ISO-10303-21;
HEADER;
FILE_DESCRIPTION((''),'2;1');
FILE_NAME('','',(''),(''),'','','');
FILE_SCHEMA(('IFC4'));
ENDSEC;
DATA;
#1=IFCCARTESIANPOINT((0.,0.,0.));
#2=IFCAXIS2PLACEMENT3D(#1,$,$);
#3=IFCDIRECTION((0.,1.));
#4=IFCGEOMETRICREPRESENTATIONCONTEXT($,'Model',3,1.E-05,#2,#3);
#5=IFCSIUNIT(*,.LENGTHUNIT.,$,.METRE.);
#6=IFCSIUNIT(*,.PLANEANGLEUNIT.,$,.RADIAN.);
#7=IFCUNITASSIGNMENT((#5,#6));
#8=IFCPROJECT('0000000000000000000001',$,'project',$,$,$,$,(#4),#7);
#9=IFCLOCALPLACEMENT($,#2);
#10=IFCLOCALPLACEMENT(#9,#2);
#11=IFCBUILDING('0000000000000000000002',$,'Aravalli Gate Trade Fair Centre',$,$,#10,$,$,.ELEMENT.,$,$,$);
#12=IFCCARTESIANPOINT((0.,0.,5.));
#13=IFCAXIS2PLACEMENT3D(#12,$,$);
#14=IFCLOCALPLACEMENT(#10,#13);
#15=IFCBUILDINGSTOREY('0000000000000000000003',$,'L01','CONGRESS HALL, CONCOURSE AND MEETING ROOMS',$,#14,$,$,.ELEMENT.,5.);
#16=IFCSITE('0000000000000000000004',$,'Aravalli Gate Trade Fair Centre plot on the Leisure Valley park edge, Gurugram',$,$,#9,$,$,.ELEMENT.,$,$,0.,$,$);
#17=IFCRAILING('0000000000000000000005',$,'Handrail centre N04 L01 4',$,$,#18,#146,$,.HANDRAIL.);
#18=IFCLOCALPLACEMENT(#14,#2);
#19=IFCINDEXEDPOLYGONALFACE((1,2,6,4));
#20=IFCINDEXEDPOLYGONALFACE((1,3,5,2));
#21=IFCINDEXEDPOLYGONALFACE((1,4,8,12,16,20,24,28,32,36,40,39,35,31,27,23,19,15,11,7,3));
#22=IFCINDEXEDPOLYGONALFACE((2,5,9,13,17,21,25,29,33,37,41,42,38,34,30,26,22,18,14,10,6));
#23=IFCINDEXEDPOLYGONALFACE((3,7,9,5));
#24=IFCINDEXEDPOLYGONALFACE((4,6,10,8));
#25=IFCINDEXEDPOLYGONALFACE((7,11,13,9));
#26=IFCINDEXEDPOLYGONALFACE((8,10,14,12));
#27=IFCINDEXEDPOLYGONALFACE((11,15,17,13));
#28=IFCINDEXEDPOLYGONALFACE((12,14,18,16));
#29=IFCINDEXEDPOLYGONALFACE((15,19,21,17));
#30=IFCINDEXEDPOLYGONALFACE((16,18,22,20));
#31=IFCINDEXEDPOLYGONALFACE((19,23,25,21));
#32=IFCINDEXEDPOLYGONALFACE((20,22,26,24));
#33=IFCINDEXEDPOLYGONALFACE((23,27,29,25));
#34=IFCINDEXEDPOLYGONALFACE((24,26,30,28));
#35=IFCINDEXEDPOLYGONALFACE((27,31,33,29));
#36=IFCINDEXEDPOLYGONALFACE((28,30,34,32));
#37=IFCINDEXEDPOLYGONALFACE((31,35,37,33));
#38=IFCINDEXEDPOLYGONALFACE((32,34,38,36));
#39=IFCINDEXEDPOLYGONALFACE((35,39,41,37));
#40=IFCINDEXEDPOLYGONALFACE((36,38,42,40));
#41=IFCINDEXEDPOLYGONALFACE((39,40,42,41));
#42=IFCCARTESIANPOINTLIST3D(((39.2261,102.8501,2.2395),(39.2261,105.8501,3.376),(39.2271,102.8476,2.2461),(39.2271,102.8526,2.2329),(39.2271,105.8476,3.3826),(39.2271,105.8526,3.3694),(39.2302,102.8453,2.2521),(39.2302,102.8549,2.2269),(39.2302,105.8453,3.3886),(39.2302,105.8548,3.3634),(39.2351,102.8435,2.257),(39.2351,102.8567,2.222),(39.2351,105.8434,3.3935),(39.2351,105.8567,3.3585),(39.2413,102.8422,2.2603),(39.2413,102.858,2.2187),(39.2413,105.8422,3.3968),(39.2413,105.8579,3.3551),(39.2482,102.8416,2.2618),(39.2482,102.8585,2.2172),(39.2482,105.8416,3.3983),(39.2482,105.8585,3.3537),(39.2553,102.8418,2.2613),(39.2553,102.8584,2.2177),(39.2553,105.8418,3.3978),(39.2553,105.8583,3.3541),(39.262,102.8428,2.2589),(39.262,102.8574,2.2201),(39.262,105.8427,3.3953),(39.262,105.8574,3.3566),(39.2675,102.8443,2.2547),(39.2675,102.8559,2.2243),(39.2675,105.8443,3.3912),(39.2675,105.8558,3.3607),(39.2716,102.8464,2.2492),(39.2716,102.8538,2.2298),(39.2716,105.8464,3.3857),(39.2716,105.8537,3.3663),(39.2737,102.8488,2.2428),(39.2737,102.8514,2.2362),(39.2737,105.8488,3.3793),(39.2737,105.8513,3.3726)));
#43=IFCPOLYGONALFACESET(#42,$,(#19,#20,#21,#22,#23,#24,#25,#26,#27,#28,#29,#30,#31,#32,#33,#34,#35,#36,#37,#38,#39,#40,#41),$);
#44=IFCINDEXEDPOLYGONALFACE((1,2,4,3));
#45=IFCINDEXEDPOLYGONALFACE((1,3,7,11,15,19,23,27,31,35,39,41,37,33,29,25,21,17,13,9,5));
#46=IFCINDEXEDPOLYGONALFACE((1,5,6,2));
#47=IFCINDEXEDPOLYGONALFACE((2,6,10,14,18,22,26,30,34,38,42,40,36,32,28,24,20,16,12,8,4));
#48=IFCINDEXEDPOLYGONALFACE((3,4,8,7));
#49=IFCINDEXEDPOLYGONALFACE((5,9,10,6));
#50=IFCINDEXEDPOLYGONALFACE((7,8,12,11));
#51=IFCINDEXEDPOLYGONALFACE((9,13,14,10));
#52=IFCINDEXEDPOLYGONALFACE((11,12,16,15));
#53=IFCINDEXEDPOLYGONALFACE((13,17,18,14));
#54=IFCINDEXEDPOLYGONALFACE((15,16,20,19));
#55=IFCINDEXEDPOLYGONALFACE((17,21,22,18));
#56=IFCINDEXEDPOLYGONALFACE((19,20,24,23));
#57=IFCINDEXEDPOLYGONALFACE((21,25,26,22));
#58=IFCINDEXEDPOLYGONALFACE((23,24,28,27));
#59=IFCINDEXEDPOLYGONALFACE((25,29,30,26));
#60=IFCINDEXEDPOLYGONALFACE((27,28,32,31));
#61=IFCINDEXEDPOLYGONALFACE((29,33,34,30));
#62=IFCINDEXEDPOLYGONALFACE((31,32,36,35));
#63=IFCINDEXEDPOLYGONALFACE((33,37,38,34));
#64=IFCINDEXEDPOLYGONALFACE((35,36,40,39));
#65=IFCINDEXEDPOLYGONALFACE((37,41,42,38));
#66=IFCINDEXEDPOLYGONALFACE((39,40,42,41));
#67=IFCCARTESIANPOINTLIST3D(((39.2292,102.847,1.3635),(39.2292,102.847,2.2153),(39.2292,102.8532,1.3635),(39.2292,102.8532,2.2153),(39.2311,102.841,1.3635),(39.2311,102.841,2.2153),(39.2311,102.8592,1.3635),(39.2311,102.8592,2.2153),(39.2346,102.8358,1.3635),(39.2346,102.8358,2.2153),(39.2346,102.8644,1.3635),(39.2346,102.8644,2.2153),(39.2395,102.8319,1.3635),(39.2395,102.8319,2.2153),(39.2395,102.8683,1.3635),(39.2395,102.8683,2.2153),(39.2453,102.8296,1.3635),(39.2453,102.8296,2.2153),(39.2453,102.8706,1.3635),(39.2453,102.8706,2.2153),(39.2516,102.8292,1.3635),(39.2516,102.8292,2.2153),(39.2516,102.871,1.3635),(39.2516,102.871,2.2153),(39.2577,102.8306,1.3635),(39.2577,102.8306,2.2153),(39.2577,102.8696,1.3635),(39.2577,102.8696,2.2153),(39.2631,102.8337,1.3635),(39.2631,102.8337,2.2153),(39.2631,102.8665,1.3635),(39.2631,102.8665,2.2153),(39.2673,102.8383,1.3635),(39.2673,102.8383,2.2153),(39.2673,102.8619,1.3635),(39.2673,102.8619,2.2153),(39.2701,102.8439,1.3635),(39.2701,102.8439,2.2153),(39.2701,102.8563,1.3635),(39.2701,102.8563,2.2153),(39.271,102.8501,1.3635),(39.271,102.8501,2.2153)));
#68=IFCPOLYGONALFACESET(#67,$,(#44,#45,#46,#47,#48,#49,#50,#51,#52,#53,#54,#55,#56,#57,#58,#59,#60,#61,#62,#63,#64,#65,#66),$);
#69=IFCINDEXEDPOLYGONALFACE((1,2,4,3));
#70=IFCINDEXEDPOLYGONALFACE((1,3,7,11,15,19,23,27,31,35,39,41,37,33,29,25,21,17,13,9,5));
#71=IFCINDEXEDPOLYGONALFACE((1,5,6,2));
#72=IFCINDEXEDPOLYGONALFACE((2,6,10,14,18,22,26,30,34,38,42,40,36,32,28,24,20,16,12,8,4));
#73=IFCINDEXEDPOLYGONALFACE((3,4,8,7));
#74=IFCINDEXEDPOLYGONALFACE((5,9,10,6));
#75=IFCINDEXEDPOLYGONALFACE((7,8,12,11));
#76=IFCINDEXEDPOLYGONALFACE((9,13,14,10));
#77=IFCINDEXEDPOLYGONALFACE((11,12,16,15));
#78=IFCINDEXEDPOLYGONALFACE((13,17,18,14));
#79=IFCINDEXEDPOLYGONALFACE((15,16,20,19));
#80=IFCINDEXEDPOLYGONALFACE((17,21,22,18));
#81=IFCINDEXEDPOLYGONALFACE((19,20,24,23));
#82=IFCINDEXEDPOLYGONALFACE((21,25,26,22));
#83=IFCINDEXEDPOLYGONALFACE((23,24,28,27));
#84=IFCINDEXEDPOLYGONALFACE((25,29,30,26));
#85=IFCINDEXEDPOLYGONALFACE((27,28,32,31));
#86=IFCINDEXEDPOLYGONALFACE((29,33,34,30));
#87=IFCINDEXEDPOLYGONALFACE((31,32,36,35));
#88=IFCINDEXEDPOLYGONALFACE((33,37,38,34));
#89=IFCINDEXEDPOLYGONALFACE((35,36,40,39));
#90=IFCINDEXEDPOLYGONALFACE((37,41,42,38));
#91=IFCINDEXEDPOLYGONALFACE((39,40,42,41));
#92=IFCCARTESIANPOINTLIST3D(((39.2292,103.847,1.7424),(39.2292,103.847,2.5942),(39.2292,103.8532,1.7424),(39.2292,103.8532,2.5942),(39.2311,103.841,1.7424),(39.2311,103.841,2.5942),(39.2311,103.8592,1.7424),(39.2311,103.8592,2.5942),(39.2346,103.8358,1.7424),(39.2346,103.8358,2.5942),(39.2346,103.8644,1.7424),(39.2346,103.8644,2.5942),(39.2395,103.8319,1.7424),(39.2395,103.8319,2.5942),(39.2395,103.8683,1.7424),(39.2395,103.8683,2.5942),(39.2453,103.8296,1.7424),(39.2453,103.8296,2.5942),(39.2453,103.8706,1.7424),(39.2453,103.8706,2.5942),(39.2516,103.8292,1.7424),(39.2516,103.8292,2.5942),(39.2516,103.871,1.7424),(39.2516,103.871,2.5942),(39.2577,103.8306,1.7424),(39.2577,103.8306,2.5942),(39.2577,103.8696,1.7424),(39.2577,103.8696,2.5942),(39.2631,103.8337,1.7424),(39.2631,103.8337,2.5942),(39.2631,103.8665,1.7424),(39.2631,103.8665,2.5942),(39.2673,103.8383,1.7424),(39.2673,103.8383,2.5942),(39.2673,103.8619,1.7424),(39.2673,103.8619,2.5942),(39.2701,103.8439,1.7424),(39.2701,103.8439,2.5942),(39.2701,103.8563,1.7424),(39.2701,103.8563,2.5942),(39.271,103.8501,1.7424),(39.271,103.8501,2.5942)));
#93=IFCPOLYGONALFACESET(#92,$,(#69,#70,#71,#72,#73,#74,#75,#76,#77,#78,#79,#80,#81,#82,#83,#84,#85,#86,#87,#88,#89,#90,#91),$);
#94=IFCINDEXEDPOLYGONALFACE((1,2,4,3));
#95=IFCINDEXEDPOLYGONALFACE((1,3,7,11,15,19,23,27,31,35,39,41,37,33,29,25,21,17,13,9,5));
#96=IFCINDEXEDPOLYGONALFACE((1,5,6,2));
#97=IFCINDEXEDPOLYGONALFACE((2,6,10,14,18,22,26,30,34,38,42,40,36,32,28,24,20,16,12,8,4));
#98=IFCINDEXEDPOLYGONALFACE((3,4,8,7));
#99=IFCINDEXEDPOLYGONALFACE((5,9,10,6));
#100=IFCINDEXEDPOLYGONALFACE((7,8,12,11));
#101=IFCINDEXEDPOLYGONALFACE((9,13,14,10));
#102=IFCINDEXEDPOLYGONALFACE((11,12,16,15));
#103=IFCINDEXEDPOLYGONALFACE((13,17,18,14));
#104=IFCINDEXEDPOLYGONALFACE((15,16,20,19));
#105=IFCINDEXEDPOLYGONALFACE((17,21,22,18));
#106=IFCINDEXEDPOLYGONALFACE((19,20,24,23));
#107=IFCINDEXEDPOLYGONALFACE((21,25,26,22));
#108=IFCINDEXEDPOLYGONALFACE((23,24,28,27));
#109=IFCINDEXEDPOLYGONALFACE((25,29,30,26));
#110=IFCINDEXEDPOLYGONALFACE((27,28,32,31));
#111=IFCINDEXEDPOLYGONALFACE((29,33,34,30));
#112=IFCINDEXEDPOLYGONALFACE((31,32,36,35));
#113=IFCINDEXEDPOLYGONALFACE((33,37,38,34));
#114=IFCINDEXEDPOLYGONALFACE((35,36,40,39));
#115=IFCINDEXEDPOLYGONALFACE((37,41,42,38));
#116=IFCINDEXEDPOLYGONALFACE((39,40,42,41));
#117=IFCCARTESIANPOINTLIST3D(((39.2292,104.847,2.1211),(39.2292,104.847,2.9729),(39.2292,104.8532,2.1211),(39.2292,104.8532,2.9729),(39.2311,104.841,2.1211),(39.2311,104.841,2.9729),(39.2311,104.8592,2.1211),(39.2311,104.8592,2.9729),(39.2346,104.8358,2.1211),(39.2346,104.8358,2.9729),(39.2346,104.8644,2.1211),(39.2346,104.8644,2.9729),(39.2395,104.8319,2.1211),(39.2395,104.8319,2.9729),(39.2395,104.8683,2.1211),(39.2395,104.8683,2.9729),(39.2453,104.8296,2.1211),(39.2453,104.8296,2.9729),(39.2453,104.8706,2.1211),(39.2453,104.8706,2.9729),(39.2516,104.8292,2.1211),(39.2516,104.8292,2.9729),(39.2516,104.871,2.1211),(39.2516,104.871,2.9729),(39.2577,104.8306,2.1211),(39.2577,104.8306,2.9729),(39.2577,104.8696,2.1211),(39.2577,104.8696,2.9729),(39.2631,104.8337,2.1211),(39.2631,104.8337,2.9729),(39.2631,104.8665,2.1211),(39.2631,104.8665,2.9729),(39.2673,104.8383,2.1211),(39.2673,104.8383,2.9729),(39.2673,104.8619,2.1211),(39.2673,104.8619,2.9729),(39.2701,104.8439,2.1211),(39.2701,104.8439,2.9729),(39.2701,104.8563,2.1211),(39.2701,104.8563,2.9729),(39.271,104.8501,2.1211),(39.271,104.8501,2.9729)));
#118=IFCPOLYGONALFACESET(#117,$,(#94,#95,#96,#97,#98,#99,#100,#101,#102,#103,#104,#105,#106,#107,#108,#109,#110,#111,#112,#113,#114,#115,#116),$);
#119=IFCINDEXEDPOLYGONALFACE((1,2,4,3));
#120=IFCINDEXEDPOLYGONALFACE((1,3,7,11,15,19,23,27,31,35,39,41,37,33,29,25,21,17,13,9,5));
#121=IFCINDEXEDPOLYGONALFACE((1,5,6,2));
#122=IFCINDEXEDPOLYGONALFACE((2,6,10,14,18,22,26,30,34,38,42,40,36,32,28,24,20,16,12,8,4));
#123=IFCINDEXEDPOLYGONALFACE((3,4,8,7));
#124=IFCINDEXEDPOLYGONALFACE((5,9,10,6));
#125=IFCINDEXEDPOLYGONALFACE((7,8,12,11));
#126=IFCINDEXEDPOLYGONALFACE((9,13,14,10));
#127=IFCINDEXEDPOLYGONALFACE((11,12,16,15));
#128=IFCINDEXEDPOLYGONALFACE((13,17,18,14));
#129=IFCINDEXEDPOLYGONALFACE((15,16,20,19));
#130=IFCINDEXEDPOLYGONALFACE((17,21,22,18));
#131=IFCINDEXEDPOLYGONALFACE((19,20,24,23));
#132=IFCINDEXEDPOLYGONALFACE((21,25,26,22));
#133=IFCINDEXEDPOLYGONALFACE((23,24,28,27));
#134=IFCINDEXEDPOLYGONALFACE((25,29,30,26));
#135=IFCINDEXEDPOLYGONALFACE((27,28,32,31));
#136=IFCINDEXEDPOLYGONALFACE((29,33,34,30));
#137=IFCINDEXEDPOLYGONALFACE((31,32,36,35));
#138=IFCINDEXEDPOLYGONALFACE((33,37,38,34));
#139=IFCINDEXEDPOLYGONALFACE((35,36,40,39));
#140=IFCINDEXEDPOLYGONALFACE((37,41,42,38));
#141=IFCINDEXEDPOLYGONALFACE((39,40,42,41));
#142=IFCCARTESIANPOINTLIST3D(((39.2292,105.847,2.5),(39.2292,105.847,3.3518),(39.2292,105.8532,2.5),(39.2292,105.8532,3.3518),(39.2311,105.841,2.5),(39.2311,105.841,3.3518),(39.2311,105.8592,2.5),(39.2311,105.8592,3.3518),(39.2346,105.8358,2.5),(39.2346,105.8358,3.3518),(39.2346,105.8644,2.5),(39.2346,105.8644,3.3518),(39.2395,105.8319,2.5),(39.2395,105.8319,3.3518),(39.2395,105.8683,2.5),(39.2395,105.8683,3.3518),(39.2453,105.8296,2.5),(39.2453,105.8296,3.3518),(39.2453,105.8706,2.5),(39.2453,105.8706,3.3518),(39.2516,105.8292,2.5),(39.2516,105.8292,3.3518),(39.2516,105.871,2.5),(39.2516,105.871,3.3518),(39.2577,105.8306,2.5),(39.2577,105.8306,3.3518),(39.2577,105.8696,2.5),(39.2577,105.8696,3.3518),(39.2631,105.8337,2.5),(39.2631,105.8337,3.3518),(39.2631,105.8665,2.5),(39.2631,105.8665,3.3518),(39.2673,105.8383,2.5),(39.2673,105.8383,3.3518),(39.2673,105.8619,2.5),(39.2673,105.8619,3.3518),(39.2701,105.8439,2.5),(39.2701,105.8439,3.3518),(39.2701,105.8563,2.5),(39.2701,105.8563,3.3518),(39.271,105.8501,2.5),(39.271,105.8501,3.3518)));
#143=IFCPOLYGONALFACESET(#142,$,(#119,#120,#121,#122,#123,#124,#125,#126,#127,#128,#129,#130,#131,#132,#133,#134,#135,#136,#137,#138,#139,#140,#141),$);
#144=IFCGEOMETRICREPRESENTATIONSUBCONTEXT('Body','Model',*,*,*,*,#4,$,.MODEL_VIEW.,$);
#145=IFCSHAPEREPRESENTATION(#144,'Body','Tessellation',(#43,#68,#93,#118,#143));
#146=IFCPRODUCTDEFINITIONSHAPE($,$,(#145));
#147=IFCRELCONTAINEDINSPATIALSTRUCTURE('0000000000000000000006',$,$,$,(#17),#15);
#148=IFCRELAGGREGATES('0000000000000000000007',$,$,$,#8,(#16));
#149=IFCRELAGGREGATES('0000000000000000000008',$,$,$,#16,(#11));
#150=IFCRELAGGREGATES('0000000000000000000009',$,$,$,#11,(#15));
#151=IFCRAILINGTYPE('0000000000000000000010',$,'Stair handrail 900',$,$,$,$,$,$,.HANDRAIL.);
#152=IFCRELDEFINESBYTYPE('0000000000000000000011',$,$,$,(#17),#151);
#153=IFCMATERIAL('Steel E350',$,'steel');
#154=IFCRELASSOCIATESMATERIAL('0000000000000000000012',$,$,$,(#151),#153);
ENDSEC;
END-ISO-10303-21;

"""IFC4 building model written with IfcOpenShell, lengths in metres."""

from ifc_helpers import new_model, si_unit, direction, frame, origin, origin_2d, place, context, subcontext, project, spatial, circle, extrude, material, type_object, element, save


model = new_model("IFC4")

# Units and contexts
model_context = context("Model", 3, precision=1e-05, world=origin(), true_north=direction((0.0, 1.0)))
body_context = subcontext(model_context, "Body", "Model", "MODEL_VIEW")
ifc_project = project(units=[si_unit("LENGTHUNIT", "METRE"), si_unit("PLANEANGLEUNIT", "RADIAN")], contexts=[model_context])

# Site, building, storey
site_placement = place(None, origin())
site = spatial("IfcSite", under=ifc_project, at=site_placement, Name="Aravalli Gate Trade Fair Centre plot on the Leisure Valley park edge, Gurugram", CompositionType="ELEMENT", RefElevation=0.0)
building_placement = place(site_placement, origin())
building = spatial("IfcBuilding", under=site, at=building_placement, Name="Aravalli Gate Trade Fair Centre", CompositionType="ELEMENT")
storey_placement = place(building_placement, frame((0.0, 0.0, 5.0)))
storey = spatial("IfcBuildingStorey", under=building, at=storey_placement, Name="L01", Description="CONGRESS HALL, CONCOURSE AND MEETING ROOMS", CompositionType="ELEMENT", Elevation=5.0)

# Railing
ifc_material_1 = material(Name="Steel E350", Category="steel")
railing_type = type_object("IfcRailingType", Name="Stair handrail 900", PredefinedType="HANDRAIL", material=ifc_material_1)
for number, where, name in (
    (1, (39.25, 102.8501, 1.3635), "Handrail centre N04 L01 4"),
):
    element("IfcRailing", number, at=place(storey_placement, frame(where)), inside=storey, type_object=railing_type, Name=name, PredefinedType="HANDRAIL", context=body_context, shape_type="SweptSolid", body=[
        extrude(circle(Radius=0.0239, at=origin_2d()), frame((0.0, 0.0, 0.876), z_axis=(0.0, 0.935148, 0.354257), x_axis=(-1.0, 0.0, 0.0)), (0.0, 0.0, 1.0), 3.208),
        extrude(circle(Radius=0.021, at=origin_2d()), origin(), (0.0, 0.0, 1.0), 0.8518),
        extrude(circle(Radius=0.021, at=origin_2d()), frame((0.0, 1.0, 0.3789)), (0.0, 0.0, 1.0), 0.8518),
        extrude(circle(Radius=0.021, at=origin_2d()), frame((0.0, 2.0, 0.7576)), (0.0, 0.0, 1.0), 0.8518),
        extrude(circle(Radius=0.021, at=origin_2d()), frame((0.0, 3.0, 1.1365)), (0.0, 0.0, 1.0), 0.8518),
    ])

save(model, "model.ifc")
